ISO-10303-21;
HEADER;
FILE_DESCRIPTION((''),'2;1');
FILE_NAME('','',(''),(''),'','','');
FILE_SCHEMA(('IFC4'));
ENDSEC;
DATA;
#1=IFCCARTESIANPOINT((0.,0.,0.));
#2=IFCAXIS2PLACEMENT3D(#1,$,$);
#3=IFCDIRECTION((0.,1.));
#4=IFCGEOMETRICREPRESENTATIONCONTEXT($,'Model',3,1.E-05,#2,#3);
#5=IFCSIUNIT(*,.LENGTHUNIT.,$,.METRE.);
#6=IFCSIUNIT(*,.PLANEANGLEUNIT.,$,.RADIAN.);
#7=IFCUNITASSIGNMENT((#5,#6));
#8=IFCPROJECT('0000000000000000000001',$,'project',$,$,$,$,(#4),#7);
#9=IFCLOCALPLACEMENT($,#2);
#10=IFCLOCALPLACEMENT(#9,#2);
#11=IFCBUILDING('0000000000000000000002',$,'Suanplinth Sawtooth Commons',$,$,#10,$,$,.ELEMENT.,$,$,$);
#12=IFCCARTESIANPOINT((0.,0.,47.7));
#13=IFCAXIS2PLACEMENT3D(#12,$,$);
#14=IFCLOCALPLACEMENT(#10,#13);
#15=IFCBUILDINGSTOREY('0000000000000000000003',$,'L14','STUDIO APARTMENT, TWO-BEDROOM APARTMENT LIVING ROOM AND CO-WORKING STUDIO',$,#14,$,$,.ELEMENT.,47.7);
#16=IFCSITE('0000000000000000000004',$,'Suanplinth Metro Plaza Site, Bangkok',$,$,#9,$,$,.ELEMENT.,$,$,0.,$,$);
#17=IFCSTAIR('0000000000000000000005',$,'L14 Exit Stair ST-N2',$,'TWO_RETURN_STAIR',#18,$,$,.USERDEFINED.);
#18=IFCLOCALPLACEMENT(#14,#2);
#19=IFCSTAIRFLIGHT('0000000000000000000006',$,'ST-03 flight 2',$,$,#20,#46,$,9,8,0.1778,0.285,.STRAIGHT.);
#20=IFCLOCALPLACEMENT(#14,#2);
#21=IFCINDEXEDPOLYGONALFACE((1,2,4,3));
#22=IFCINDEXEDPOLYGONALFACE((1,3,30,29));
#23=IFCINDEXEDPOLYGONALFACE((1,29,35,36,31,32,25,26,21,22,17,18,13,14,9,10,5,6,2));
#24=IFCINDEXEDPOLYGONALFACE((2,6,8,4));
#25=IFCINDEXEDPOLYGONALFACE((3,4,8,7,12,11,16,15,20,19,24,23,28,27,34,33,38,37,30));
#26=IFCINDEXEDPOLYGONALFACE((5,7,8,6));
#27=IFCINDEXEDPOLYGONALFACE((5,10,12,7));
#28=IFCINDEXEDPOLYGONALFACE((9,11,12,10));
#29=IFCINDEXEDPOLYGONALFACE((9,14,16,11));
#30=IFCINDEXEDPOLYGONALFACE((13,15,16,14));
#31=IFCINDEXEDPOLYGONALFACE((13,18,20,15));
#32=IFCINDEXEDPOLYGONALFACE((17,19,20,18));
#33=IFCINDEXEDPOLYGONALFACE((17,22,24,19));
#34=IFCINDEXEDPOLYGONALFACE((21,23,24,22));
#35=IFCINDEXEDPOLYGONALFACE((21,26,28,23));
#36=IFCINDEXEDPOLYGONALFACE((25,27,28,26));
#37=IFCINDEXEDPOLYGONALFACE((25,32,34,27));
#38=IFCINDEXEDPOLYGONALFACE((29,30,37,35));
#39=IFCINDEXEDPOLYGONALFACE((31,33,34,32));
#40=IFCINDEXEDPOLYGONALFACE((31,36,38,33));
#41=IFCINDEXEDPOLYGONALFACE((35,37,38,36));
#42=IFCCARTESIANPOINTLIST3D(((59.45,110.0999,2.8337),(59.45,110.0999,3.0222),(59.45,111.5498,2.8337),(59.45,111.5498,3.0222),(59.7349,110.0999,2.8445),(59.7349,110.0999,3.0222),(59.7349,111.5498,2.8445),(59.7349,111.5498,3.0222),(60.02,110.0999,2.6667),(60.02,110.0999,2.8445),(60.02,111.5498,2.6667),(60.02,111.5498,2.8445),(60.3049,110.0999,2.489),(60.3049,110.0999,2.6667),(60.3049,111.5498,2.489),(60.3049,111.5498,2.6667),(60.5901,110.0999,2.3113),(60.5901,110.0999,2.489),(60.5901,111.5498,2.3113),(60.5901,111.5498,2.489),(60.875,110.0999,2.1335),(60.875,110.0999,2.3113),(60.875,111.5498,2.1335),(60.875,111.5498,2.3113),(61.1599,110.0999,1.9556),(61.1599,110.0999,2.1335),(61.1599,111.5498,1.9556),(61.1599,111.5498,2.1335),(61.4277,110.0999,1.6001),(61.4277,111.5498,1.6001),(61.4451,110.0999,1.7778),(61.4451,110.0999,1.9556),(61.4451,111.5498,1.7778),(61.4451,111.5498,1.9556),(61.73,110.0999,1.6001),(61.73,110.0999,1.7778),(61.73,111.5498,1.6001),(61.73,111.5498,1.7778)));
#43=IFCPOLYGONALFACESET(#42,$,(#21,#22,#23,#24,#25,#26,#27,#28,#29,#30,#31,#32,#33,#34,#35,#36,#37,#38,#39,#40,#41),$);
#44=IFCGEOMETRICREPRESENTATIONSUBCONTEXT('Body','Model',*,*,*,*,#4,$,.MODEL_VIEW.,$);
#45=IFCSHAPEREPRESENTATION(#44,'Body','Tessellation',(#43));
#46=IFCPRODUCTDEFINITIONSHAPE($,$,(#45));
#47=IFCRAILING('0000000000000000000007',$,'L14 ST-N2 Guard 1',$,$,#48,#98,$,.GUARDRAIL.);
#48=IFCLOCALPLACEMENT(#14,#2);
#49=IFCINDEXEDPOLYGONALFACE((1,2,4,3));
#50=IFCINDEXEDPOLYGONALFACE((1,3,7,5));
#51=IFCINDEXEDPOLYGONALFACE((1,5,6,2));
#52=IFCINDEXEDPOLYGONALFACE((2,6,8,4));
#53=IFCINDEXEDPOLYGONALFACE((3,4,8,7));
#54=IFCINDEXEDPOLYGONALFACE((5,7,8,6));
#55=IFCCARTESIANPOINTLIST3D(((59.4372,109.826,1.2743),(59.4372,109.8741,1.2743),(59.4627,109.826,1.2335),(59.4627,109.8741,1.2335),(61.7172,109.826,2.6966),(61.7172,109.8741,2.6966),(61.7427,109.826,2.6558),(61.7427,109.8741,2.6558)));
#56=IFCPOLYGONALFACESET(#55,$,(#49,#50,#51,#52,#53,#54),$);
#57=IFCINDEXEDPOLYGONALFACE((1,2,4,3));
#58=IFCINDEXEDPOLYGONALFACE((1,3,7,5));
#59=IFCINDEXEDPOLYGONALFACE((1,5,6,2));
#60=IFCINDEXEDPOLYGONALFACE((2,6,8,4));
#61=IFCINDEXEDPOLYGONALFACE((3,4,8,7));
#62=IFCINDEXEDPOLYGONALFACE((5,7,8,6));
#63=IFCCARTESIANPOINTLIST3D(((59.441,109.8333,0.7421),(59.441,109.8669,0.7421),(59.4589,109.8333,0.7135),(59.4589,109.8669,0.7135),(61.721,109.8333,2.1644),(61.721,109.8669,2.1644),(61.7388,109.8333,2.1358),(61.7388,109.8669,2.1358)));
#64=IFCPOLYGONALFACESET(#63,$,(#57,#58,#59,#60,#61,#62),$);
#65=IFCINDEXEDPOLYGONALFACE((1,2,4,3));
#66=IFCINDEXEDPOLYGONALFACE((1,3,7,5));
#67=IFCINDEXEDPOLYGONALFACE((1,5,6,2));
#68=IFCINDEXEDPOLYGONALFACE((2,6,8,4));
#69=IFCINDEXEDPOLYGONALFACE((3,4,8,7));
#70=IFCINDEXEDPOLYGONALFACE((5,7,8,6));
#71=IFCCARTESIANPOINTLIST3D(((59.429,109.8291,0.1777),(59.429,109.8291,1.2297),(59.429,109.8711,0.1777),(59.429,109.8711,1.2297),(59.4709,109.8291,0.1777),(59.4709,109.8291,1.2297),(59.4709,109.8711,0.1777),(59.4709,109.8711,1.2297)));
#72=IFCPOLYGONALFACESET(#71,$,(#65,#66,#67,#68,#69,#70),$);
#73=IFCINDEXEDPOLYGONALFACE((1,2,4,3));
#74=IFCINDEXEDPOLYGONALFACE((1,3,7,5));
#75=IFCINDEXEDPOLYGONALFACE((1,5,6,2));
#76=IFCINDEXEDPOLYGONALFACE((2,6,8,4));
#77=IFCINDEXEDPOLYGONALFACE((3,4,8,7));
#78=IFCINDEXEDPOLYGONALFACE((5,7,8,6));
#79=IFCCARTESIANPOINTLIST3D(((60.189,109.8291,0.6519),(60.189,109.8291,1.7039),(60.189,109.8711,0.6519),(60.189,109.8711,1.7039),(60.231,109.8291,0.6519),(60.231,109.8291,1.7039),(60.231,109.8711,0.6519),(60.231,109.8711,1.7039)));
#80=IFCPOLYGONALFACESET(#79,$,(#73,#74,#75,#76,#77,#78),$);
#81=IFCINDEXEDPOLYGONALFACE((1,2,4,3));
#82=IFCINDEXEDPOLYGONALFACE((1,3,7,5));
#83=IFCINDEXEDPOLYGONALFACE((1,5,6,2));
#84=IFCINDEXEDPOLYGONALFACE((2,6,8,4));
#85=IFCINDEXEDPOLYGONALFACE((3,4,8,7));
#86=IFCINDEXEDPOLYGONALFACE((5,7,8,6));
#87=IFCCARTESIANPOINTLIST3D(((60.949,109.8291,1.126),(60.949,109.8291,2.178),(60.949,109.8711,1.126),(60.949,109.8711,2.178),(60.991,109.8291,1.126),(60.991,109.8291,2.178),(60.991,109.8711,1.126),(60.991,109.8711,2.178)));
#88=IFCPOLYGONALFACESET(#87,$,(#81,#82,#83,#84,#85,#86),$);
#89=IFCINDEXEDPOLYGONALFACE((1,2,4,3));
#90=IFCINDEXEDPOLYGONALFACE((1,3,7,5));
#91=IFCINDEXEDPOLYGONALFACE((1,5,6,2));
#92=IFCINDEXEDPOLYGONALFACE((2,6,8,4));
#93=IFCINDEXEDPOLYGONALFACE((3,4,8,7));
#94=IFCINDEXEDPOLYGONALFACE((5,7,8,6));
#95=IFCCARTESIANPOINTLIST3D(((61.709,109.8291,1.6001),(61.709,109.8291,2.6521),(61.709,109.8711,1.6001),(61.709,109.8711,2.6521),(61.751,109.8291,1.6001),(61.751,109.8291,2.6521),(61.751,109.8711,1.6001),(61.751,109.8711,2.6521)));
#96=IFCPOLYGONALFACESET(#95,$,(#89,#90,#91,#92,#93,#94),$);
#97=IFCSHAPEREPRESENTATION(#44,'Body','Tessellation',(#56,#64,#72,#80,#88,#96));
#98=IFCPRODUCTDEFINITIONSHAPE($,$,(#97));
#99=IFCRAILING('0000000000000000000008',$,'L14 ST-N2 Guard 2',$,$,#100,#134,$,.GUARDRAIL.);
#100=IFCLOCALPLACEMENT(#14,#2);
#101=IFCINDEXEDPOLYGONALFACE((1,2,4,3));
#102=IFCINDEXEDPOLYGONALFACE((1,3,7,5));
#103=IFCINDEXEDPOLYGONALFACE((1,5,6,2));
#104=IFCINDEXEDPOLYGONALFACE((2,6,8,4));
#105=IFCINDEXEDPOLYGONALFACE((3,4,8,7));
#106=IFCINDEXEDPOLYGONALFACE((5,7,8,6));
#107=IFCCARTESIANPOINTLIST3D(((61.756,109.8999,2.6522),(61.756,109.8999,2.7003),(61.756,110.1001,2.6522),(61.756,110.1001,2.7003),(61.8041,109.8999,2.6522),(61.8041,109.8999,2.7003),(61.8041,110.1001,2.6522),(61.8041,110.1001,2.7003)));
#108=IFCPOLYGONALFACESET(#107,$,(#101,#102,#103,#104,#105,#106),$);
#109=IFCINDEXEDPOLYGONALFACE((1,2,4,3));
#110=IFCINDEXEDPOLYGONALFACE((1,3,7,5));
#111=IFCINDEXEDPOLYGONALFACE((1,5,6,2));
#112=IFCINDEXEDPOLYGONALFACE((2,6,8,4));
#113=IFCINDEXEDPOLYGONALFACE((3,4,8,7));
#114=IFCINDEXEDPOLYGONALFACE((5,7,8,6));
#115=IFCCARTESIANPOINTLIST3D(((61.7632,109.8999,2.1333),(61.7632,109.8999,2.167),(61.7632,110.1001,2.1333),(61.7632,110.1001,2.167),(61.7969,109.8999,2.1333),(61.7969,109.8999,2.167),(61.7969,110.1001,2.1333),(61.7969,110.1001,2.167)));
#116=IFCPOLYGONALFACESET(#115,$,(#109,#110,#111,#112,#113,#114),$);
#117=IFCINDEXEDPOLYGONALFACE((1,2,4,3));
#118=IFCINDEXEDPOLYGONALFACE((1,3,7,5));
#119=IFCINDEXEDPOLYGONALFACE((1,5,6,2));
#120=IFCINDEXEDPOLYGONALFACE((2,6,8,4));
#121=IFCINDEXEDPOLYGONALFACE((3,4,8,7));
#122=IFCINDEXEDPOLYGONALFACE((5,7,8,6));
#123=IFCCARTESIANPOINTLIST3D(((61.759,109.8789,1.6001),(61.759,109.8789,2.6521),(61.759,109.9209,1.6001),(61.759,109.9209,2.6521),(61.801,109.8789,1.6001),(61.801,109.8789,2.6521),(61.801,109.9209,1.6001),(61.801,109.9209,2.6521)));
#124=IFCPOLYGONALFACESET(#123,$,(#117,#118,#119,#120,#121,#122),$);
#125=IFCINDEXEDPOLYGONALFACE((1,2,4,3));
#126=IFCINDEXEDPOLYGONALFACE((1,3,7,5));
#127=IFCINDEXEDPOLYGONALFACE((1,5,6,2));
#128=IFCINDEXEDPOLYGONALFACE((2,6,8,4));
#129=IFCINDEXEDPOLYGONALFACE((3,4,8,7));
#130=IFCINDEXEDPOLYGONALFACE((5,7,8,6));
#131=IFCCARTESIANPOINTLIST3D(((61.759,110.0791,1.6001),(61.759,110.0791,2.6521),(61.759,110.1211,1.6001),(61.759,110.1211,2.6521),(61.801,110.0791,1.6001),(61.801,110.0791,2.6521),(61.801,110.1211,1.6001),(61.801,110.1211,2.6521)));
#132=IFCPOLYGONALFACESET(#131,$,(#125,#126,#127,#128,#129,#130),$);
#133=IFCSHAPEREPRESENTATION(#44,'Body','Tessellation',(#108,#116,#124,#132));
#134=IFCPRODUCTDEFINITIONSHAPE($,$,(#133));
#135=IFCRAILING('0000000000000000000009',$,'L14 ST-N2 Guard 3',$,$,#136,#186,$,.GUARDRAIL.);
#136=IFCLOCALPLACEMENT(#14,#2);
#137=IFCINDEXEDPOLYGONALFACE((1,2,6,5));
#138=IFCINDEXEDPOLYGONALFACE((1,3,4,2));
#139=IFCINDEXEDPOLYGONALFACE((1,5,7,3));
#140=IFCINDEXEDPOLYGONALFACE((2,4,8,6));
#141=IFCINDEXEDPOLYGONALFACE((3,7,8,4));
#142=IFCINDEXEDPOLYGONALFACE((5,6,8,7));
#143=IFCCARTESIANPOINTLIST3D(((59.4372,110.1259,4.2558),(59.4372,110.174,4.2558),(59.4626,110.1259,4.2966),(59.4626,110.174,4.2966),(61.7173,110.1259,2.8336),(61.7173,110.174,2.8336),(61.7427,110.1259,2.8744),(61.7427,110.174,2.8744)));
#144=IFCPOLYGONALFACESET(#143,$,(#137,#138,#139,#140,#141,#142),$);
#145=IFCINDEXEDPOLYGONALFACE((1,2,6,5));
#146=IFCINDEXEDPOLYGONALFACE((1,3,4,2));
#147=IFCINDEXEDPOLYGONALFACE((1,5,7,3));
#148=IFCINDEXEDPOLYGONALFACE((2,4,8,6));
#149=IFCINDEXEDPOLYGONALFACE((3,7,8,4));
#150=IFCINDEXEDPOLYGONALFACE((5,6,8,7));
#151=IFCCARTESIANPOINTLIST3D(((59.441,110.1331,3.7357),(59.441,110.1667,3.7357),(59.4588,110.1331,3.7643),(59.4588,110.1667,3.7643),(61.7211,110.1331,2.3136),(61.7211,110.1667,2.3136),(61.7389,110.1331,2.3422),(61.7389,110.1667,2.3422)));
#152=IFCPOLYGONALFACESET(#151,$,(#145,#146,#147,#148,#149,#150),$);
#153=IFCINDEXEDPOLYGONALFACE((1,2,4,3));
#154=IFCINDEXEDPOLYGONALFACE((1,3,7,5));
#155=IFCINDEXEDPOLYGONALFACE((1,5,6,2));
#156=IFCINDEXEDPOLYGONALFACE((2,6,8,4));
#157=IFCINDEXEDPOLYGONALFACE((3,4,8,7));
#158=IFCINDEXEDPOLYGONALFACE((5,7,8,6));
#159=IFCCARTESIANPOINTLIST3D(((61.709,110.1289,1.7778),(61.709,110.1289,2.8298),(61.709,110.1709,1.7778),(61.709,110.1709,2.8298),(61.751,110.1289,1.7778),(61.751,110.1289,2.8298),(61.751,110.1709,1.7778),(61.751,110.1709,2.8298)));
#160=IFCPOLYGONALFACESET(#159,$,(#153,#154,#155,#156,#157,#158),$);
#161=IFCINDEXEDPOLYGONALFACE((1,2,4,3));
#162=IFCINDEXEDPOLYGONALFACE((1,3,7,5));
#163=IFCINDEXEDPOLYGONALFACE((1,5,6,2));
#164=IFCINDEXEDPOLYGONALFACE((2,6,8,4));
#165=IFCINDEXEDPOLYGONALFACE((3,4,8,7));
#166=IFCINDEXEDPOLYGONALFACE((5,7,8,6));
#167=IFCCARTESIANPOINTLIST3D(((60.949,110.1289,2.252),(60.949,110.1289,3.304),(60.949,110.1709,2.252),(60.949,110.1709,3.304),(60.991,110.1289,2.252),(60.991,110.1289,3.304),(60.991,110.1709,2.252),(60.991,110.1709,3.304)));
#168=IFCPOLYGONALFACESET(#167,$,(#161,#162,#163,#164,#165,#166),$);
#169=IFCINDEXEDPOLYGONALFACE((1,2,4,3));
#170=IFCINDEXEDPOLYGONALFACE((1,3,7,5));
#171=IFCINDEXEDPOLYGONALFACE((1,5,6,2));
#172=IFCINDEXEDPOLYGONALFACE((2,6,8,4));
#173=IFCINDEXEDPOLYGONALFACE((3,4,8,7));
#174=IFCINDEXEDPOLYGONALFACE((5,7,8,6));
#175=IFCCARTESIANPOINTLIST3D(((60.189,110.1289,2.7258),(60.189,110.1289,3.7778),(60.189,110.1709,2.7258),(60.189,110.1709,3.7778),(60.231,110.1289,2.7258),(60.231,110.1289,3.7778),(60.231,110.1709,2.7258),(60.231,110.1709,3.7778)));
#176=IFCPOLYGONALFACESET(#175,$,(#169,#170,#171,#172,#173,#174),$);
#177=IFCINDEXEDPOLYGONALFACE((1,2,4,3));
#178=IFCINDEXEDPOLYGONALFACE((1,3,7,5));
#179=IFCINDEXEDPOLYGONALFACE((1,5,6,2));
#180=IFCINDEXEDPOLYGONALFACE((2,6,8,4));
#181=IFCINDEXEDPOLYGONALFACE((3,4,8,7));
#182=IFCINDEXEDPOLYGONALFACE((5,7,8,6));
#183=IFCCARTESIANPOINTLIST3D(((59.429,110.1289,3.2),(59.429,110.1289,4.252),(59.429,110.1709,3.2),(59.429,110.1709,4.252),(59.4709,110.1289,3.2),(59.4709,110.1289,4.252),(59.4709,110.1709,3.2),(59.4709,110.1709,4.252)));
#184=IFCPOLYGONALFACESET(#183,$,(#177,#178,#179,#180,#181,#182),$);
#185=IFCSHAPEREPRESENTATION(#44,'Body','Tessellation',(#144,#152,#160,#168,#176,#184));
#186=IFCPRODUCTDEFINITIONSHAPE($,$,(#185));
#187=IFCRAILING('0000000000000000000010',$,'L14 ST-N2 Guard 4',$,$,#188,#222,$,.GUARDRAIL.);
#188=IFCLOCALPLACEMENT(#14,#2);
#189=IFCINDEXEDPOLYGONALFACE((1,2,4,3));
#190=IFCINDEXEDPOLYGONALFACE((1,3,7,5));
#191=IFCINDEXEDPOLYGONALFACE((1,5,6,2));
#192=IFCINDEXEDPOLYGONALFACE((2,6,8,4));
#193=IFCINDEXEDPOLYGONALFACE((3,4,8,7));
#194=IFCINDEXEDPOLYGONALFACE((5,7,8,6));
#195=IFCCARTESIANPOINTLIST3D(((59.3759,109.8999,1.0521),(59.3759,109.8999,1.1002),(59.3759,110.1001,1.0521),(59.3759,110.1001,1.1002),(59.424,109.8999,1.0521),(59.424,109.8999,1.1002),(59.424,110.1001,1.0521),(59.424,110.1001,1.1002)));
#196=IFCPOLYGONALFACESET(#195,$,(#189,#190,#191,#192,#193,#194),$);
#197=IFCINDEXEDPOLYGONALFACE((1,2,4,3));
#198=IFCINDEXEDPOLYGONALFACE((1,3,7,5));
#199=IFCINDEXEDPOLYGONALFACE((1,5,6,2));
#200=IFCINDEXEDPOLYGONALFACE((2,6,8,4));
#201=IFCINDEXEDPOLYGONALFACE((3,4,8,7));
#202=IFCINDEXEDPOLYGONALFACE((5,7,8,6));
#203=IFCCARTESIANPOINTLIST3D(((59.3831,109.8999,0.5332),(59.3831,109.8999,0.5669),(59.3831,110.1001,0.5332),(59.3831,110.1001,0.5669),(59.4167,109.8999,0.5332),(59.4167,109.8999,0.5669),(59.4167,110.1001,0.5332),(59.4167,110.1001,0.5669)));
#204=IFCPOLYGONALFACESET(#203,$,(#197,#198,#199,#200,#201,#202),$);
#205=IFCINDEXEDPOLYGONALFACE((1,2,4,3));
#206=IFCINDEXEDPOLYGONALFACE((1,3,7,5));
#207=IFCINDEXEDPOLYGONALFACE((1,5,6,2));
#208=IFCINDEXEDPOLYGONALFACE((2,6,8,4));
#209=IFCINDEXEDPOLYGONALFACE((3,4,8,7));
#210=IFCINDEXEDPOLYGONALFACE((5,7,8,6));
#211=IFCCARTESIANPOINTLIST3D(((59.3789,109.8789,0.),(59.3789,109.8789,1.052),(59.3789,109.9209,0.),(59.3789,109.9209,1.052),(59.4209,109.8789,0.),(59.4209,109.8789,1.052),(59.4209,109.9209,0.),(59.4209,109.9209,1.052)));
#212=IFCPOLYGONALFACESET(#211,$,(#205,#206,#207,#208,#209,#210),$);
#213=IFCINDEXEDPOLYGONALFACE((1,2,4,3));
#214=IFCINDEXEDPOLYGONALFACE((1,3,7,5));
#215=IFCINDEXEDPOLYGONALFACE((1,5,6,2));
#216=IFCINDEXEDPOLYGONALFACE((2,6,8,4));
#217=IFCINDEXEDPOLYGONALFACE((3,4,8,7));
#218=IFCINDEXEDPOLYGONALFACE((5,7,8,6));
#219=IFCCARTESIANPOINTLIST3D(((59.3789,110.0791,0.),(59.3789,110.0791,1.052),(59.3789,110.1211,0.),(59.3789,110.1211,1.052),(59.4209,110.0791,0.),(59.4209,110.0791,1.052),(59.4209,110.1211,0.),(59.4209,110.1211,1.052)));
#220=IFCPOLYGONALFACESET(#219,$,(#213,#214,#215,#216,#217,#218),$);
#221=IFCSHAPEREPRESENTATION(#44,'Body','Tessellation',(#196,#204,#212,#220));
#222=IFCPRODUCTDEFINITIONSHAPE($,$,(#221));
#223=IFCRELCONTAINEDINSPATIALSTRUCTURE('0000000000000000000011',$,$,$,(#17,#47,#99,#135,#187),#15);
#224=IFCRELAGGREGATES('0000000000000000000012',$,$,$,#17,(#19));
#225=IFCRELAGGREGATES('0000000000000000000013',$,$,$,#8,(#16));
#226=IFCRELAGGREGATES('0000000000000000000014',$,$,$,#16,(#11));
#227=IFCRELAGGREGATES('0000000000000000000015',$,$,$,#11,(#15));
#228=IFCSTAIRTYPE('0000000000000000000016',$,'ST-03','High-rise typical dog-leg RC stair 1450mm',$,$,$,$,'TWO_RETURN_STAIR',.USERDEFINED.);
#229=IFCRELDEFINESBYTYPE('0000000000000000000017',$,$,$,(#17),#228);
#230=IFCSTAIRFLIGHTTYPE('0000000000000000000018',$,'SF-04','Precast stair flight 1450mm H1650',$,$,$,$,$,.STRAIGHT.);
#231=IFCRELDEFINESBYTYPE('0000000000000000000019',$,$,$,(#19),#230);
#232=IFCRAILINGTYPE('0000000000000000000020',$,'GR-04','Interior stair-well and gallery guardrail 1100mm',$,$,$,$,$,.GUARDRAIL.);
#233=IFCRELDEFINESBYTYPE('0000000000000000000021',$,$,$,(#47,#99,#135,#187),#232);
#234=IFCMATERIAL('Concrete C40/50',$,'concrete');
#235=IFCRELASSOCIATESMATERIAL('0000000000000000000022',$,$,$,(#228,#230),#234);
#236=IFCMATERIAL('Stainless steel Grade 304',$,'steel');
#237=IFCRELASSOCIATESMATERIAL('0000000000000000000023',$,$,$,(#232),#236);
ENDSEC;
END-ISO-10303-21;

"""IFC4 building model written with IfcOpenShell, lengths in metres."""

from ifc_helpers import new_model, si_unit, direction, frame, origin, origin_2d, place, context, subcontext, project, spatial, polyline, rectangle, outline, extrude, material, type_object, element, aggregate, save


model = new_model("IFC4")

# Units and contexts
model_context = context("Model", 3, precision=1e-05, world=origin(), true_north=direction((0.0, 1.0)))
body_context = subcontext(model_context, "Body", "Model", "MODEL_VIEW")
ifc_project = project(units=[si_unit("LENGTHUNIT", "METRE"), si_unit("PLANEANGLEUNIT", "RADIAN")], contexts=[model_context])

# Site, building, storey
site_placement = place(None, origin())
site = spatial("IfcSite", under=ifc_project, at=site_placement, Name="Suanplinth Metro Plaza Site, Bangkok", CompositionType="ELEMENT", RefElevation=0.0)
building_placement = place(site_placement, origin())
building = spatial("IfcBuilding", under=site, at=building_placement, Name="Suanplinth Sawtooth Commons", CompositionType="ELEMENT")
storey_placement = place(building_placement, frame((0.0, 0.0, 47.7)))
storey = spatial("IfcBuildingStorey", under=building, at=storey_placement, Name="L14", Description="STUDIO APARTMENT, TWO-BEDROOM APARTMENT LIVING ROOM AND CO-WORKING STUDIO", CompositionType="ELEMENT", Elevation=47.7)

# Shared definitions
ifc_material_1 = material(Name="Concrete C40/50", Category="concrete")

# Shared definitions
ifc_material_2 = material(Name="Stainless steel Grade 304", Category="steel")

# Stair, stair flight
stair_type = type_object("IfcStairType", Name="ST-03", Description="High-rise typical dog-leg RC stair 1450mm", ElementType="TWO_RETURN_STAIR", PredefinedType="USERDEFINED", material=ifc_material_1)
stair_placement = place(storey_placement, origin())
stair = element("IfcStair", 1, at=stair_placement, inside=storey, type_object=stair_type, Name="L14 Exit Stair ST-N2", ObjectType="TWO_RETURN_STAIR", PredefinedType="USERDEFINED")
stair_flight_type = type_object("IfcStairFlightType", Name="SF-04", Description="Precast stair flight 1450mm H1650", PredefinedType="STRAIGHT", material=ifc_material_1)
stair_flight_1_placement = place(storey_placement, frame((61.73, 110.825, 1.6001), z_axis=(0.0, 0.0, 1.0), x_axis=(-1.0, 0.0, 0.0)))
stair_flight_1 = element("IfcStairFlight", 2, at=stair_flight_1_placement, type_object=stair_flight_type, Name="ST-03 flight 2", NumberOfRisers=9, NumberOfTreads=8, PredefinedType="STRAIGHT", RiserHeight=0.1778, TreadLength=0.285, context=body_context, shape_type="SweptSolid", body=[
    extrude(outline(polyline([(0.0, 0.0), (0.0, 0.1777), (0.2849, 0.1777), (0.2849, 0.3555), (0.5701, 0.3555), (0.5701, 0.5334), (0.855, 0.5334), (0.855, 0.7112), (1.1399, 0.7112), (1.1399, 0.8889), (1.425, 0.8889), (1.425, 1.0667), (1.71, 1.0667), (1.71, 1.2444), (1.9951, 1.2444), (1.9951, 1.4221), (2.28, 1.4221), (2.28, 1.6001), (2.28, 1.2336), (0.3022, 0.0), (0.0, 0.0)])), frame((0.0, 0.7251, 0.0), z_axis=(0.0, -1.0, 0.0), x_axis=(1.0, 0.0, 0.0)), (0.0, 0.0, 1.0), 1.45),
])
aggregate(stair, [stair_flight_1])

# Railings
railing_type_1 = type_object("IfcRailingType", Name="GR-04", Description="Interior stair-well and gallery guardrail 1100mm", PredefinedType="GUARDRAIL", material=ifc_material_2)
railing_1_placement = place(storey_placement, frame((59.45, 109.8501, 0.1777)))
element("IfcRailing", 3, at=railing_1_placement, inside=storey, type_object=railing_type_1, Name="L14 ST-N2 Guard 1", PredefinedType="GUARDRAIL", context=body_context, shape_type="SweptSolid", body=[
    extrude(rectangle(XDim=0.0481, YDim=0.0481, at=origin_2d()), frame((0.0, 0.0, 1.0762), z_axis=(0.848442, 0.0, 0.529288), x_axis=(0.0, 1.0, 0.0)), (0.0, 0.0, 1.0), 2.6873),
    extrude(rectangle(XDim=0.0337, YDim=0.0337, at=origin_2d()), frame((0.0, 0.0, 0.55), z_axis=(0.848442, 0.0, 0.529288), x_axis=(0.0, 1.0, 0.0)), (0.0, 0.0, 1.0), 2.6873),
    extrude(rectangle(XDim=0.042, YDim=0.042, at=origin_2d()), origin(), (0.0, 0.0, 1.0), 1.052),
    extrude(rectangle(XDim=0.042, YDim=0.042, at=origin_2d()), frame((0.76, 0.0, 0.4741)), (0.0, 0.0, 1.0), 1.052),
    extrude(rectangle(XDim=0.042, YDim=0.042, at=origin_2d()), frame((1.52, 0.0, 0.9482)), (0.0, 0.0, 1.0), 1.052),
    extrude(rectangle(XDim=0.042, YDim=0.042, at=origin_2d()), frame((2.28, 0.0, 1.4224)), (0.0, 0.0, 1.0), 1.052),
])
railing_2_placement = place(storey_placement, frame((61.78, 109.8999, 1.6001)))
element("IfcRailing", 4, at=railing_2_placement, inside=storey, type_object=railing_type_1, Name="L14 ST-N2 Guard 2", PredefinedType="GUARDRAIL", context=body_context, shape_type="SweptSolid", body=[
    extrude(rectangle(XDim=0.0481, YDim=0.0481, at=origin_2d()), frame((0.0, 0.0, 1.0762), z_axis=(0.0, 1.0, 0.0), x_axis=(-1.0, 0.0, 0.0)), (0.0, 0.0, 1.0), 0.2002),
    extrude(rectangle(XDim=0.0337, YDim=0.0337, at=origin_2d()), frame((0.0, 0.0, 0.55), z_axis=(0.0, 1.0, 0.0), x_axis=(-1.0, 0.0, 0.0)), (0.0, 0.0, 1.0), 0.2002),
    extrude(rectangle(XDim=0.042, YDim=0.042, at=origin_2d()), origin(), (0.0, 0.0, 1.0), 1.052),
    extrude(rectangle(XDim=0.042, YDim=0.042, at=origin_2d()), frame((0.0, 0.2002, 0.0)), (0.0, 0.0, 1.0), 1.052),
])
railing_3_placement = place(storey_placement, frame((61.73, 110.1499, 1.7778)))
element("IfcRailing", 5, at=railing_3_placement, inside=storey, type_object=railing_type_1, Name="L14 ST-N2 Guard 3", PredefinedType="GUARDRAIL", context=body_context, shape_type="SweptSolid", body=[
    extrude(rectangle(XDim=0.0481, YDim=0.0481, at=origin_2d()), frame((0.0, 0.0, 1.0762), z_axis=(-0.848483, 0.0, 0.529223), x_axis=(0.0, -1.0, 0.0)), (0.0, 0.0, 1.0), 2.6873),
    extrude(rectangle(XDim=0.0337, YDim=0.0337, at=origin_2d()), frame((0.0, 0.0, 0.55), z_axis=(-0.848483, 0.0, 0.529223), x_axis=(0.0, -1.0, 0.0)), (0.0, 0.0, 1.0), 2.6873),
    extrude(rectangle(XDim=0.042, YDim=0.042, at=origin_2d()), origin(), (0.0, 0.0, 1.0), 1.052),
    extrude(rectangle(XDim=0.042, YDim=0.042, at=origin_2d()), frame((-0.76, 0.0, 0.4741)), (0.0, 0.0, 1.0), 1.052),
    extrude(rectangle(XDim=0.042, YDim=0.042, at=origin_2d()), frame((-1.52, 0.0, 0.948)), (0.0, 0.0, 1.0), 1.052),
    extrude(rectangle(XDim=0.042, YDim=0.042, at=origin_2d()), frame((-2.28, 0.0, 1.4221)), (0.0, 0.0, 1.0), 1.052),
])
railing_4_placement = place(storey_placement, frame((59.3999, 109.8999, 0.0)))
element("IfcRailing", 6, at=railing_4_placement, inside=storey, type_object=railing_type_1, Name="L14 ST-N2 Guard 4", PredefinedType="GUARDRAIL", context=body_context, shape_type="SweptSolid", body=[
    extrude(rectangle(XDim=0.0481, YDim=0.0481, at=origin_2d()), frame((0.0, 0.0, 1.0762), z_axis=(0.0, 1.0, 0.0), x_axis=(-1.0, 0.0, 0.0)), (0.0, 0.0, 1.0), 0.2002),
    extrude(rectangle(XDim=0.0337, YDim=0.0337, at=origin_2d()), frame((0.0, 0.0, 0.55), z_axis=(0.0, 1.0, 0.0), x_axis=(-1.0, 0.0, 0.0)), (0.0, 0.0, 1.0), 0.2002),
    extrude(rectangle(XDim=0.042, YDim=0.042, at=origin_2d()), origin(), (0.0, 0.0, 1.0), 1.052),
    extrude(rectangle(XDim=0.042, YDim=0.042, at=origin_2d()), frame((0.0, 0.2002, 0.0)), (0.0, 0.0, 1.0), 1.052),
])

save(model, "model.ifc")
